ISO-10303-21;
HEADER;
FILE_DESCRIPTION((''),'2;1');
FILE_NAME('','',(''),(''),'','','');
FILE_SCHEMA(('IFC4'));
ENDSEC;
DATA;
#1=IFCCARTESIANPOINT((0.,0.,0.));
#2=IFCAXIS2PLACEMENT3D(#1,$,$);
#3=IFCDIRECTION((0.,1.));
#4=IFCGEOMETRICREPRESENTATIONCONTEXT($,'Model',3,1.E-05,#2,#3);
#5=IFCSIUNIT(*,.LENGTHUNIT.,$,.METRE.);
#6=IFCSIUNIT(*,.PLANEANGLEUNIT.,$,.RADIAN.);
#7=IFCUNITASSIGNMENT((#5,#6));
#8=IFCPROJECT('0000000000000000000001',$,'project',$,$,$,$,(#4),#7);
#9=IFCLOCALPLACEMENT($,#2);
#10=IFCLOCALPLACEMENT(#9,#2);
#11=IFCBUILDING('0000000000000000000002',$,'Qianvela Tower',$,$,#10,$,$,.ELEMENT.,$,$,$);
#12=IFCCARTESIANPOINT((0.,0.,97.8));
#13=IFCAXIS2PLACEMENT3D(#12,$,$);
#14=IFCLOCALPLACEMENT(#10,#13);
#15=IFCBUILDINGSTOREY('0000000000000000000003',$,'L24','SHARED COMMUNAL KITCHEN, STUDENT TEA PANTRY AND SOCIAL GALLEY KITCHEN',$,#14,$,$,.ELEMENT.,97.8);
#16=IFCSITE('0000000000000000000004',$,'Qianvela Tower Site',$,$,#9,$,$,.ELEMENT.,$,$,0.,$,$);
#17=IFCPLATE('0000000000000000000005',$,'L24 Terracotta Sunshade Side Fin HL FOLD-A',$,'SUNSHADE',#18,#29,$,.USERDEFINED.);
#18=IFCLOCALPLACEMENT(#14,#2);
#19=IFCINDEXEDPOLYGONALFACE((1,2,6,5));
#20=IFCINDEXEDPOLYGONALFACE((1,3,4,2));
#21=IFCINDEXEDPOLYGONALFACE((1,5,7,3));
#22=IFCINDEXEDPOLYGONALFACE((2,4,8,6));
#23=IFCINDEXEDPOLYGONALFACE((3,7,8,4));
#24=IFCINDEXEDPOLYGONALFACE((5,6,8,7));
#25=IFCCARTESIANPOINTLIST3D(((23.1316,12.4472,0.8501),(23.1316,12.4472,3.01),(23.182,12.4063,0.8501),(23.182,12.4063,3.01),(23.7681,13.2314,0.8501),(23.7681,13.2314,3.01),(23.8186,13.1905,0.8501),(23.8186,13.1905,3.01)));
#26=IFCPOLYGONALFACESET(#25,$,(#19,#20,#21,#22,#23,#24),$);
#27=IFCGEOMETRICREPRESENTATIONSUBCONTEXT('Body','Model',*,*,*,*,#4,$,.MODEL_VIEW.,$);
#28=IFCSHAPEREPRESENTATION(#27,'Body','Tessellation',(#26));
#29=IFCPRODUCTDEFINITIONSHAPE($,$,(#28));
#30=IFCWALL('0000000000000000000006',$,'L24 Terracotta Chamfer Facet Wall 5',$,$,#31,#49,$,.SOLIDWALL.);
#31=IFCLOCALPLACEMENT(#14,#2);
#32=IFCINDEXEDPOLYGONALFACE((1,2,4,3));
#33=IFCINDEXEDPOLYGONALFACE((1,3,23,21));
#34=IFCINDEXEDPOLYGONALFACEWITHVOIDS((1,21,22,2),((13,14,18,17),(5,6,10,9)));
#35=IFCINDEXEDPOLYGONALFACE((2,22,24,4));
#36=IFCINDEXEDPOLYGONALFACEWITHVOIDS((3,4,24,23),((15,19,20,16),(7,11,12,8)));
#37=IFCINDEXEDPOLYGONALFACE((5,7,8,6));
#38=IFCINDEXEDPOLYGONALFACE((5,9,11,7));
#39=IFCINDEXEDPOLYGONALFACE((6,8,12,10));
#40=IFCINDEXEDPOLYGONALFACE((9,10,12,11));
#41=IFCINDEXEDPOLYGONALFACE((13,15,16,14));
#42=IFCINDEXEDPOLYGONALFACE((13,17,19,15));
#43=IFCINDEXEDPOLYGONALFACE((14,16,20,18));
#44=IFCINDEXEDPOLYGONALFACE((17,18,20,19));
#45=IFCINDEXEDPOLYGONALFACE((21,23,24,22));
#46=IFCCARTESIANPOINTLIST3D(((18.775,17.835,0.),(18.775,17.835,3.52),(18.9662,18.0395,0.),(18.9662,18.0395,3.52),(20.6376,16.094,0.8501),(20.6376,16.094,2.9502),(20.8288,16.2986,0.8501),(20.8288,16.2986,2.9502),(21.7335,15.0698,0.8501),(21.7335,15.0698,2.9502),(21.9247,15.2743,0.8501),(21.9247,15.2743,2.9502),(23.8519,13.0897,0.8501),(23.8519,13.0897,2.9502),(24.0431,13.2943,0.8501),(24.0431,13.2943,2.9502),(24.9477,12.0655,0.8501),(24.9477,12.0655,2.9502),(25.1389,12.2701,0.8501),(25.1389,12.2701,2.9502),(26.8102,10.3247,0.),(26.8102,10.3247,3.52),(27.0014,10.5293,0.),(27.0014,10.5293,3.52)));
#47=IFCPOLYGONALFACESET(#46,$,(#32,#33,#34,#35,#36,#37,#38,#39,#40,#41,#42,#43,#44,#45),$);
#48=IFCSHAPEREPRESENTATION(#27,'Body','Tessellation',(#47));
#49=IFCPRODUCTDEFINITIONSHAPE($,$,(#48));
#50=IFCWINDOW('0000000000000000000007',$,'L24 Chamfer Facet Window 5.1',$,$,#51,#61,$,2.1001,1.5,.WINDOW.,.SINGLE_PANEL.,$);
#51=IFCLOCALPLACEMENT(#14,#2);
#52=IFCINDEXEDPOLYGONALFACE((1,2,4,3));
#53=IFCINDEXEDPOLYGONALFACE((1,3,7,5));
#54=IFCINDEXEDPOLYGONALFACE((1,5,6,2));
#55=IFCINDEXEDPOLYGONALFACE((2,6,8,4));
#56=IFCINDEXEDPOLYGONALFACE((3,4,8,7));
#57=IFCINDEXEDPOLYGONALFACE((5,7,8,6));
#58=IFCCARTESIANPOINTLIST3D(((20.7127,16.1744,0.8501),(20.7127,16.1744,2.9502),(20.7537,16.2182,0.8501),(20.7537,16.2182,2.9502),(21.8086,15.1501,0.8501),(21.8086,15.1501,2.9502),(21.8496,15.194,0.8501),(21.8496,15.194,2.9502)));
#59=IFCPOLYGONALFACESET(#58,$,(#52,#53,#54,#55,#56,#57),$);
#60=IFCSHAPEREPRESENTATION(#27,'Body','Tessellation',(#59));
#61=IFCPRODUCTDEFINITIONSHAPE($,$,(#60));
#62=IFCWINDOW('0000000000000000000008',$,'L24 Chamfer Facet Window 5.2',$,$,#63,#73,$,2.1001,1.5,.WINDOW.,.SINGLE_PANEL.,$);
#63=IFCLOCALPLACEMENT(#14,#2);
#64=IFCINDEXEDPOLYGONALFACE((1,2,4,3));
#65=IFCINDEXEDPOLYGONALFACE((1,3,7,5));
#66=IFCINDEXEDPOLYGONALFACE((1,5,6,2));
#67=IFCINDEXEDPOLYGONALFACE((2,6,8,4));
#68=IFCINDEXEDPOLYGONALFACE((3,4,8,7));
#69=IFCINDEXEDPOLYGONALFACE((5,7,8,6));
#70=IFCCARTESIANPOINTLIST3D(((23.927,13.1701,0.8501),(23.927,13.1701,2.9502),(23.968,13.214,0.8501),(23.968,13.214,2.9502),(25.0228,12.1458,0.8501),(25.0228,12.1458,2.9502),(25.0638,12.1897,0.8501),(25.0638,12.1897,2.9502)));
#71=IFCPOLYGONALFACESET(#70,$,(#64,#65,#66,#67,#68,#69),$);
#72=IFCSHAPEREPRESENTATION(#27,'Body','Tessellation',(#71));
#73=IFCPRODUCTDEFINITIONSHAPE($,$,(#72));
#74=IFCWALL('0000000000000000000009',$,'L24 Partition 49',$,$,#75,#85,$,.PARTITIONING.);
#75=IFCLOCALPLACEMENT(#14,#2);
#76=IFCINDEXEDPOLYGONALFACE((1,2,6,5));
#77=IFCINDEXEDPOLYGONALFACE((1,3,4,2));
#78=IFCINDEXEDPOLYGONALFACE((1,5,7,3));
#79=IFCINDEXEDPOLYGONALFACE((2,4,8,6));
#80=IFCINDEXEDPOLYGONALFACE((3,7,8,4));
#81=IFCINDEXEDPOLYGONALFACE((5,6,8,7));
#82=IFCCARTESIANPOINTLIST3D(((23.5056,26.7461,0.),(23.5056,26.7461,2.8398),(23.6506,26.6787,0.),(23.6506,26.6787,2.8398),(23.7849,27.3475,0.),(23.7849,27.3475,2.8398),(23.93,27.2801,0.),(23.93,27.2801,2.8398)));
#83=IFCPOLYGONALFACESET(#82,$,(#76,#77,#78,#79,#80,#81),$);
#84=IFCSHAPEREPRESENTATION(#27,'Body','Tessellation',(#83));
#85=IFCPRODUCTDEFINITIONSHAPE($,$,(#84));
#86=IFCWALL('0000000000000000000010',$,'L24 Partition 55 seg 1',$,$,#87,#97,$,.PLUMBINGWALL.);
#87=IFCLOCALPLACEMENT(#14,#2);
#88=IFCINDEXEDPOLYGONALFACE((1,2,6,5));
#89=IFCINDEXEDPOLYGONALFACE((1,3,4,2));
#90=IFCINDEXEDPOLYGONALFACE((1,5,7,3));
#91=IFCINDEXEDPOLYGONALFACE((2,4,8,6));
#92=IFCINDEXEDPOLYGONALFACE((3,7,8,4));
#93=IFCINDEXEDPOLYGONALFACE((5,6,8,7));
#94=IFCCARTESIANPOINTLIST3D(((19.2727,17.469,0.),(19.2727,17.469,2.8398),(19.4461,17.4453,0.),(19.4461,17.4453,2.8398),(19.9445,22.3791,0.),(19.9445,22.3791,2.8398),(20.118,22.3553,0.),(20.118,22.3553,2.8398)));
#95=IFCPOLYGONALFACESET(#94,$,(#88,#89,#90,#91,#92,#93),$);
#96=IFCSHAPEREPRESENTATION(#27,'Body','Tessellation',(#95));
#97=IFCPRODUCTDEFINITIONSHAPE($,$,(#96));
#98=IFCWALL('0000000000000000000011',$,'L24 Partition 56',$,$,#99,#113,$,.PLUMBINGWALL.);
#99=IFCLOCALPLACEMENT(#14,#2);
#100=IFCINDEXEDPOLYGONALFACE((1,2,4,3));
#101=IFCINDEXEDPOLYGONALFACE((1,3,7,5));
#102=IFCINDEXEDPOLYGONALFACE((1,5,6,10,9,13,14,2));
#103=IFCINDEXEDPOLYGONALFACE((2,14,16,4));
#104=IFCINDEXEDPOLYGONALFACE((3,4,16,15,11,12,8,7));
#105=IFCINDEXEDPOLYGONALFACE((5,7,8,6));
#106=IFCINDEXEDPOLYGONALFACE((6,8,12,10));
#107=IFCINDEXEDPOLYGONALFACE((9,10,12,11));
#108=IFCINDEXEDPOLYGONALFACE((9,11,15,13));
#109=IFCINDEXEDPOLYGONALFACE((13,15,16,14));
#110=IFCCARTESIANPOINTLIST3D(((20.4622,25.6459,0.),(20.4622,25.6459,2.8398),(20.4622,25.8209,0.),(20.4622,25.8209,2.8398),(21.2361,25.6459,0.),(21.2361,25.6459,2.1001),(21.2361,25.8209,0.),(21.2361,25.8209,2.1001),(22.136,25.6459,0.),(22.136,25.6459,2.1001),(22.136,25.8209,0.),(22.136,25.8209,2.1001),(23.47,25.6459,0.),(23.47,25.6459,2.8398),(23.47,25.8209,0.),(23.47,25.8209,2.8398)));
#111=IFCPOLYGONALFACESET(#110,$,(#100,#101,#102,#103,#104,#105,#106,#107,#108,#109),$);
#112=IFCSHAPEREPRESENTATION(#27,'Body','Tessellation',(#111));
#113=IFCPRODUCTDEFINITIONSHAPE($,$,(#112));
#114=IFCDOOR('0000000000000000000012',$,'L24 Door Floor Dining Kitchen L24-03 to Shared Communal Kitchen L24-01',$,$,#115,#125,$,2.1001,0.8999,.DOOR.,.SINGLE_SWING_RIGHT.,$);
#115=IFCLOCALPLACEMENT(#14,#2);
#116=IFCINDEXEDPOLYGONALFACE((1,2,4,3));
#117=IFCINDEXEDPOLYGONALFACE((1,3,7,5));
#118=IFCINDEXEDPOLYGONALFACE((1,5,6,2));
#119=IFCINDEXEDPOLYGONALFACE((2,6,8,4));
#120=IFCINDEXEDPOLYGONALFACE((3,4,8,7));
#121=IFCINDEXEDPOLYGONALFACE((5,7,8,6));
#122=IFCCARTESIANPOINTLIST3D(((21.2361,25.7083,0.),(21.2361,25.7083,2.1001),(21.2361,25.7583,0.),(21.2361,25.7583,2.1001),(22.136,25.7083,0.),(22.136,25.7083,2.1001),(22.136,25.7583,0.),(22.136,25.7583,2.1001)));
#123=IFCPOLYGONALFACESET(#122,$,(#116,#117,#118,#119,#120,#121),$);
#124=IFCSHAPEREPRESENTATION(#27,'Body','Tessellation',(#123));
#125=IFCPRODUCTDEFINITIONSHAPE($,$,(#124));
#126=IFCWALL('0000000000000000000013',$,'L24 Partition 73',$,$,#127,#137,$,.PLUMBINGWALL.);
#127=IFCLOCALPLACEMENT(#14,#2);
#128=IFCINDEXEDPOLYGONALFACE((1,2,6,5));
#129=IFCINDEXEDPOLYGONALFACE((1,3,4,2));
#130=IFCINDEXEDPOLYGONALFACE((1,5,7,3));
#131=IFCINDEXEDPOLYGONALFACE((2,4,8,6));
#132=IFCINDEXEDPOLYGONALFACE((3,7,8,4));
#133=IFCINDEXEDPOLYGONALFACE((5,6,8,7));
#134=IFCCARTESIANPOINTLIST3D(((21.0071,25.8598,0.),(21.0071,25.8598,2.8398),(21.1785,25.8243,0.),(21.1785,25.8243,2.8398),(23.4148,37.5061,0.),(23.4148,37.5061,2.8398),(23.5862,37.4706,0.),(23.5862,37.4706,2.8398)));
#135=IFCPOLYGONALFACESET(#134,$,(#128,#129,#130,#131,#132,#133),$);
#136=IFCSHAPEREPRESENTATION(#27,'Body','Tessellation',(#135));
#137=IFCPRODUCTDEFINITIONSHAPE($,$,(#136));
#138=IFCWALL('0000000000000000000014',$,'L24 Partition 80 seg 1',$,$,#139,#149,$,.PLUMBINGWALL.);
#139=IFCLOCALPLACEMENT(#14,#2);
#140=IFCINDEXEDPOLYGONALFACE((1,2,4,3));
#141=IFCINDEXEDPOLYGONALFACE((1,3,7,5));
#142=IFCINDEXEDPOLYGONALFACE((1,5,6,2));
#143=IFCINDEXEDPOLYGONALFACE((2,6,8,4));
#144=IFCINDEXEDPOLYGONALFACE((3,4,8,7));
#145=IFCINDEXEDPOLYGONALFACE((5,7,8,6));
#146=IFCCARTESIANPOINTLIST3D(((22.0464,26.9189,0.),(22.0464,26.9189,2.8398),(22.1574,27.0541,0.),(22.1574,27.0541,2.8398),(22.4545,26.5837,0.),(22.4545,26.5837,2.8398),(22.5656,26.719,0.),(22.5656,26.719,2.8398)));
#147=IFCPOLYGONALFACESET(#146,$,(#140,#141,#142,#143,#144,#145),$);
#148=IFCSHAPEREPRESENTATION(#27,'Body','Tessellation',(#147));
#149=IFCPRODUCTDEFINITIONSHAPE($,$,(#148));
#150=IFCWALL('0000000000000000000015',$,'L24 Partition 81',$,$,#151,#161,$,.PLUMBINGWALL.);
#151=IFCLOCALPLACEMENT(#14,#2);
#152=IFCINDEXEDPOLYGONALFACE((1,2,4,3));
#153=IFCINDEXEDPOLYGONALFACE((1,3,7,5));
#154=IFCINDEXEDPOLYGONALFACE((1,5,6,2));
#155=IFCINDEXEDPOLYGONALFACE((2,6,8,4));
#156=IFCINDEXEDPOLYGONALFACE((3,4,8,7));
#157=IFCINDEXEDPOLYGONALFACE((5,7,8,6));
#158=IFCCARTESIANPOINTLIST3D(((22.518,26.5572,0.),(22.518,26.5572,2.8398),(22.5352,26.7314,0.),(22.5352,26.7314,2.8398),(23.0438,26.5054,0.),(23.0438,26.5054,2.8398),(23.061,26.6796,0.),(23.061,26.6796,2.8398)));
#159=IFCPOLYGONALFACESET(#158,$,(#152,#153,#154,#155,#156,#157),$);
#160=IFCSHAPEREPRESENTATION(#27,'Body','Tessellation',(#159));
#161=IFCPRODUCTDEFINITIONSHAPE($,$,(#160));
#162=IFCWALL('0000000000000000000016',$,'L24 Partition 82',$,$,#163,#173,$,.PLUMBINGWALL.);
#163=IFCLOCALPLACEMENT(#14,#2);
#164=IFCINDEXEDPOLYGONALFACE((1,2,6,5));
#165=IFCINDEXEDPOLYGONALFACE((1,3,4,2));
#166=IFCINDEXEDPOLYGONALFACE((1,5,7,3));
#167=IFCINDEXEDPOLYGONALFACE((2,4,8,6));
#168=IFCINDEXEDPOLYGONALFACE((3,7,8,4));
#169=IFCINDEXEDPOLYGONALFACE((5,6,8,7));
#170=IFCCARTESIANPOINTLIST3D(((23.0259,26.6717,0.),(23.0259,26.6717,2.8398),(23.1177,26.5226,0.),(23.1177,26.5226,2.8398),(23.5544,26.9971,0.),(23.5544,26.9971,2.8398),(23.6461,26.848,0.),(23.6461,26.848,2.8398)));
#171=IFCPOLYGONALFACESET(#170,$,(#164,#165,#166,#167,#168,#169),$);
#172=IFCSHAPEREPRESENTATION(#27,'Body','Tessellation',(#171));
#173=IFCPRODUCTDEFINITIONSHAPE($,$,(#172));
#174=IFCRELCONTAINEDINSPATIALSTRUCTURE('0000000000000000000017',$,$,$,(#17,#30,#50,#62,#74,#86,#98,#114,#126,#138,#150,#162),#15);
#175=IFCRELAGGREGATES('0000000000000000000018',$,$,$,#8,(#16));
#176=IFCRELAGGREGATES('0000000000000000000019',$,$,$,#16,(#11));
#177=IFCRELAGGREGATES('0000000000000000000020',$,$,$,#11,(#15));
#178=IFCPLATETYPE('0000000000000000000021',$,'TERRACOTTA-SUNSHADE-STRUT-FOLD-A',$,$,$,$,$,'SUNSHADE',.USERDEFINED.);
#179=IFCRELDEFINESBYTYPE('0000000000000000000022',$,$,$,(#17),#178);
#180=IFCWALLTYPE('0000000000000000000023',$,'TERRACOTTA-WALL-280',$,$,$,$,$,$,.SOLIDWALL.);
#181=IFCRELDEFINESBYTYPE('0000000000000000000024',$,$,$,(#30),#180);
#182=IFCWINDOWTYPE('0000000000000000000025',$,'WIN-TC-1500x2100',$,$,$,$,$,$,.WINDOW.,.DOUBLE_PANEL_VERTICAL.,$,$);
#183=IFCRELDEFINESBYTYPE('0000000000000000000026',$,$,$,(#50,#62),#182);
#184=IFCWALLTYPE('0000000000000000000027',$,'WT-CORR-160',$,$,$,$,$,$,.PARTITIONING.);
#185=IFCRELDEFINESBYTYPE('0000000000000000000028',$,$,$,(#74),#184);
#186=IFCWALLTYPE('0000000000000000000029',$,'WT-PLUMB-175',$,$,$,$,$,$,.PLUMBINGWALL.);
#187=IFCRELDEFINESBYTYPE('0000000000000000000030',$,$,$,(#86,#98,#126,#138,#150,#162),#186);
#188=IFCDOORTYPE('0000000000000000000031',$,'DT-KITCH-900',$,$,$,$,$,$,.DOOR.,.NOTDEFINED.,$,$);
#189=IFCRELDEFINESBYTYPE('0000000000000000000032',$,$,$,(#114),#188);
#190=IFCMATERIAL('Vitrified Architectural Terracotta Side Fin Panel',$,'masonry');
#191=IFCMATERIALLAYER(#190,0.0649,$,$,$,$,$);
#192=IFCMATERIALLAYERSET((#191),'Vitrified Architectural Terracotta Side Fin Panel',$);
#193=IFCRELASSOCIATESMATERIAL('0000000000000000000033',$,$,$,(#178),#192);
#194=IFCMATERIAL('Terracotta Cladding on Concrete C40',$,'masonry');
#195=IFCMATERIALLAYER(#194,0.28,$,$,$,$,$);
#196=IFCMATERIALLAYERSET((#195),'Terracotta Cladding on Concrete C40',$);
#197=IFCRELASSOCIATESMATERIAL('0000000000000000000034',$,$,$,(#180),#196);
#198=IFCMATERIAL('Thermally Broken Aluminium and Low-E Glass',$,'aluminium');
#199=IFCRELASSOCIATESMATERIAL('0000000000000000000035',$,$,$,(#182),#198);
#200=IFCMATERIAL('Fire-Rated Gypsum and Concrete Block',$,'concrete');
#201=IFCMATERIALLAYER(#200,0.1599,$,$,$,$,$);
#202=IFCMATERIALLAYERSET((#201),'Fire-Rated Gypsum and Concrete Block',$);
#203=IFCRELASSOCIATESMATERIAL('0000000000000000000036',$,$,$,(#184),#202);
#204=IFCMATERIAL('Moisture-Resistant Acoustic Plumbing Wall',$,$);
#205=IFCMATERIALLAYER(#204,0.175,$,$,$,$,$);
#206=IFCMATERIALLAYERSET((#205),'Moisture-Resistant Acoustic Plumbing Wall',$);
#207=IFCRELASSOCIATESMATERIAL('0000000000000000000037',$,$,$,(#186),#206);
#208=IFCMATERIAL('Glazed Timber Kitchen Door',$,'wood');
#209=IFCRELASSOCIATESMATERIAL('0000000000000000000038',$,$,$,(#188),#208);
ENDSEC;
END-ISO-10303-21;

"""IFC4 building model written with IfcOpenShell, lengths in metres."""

from ifc_helpers import new_model, si_unit, direction, frame, frame_2d, origin, origin_2d, place, context, subcontext, project, spatial, rectangle, extrude, material, layer, layer_set, type_object, element, fill, save


model = new_model("IFC4")

# Units and contexts
model_context = context("Model", 3, precision=1e-05, world=origin(), true_north=direction((0.0, 1.0)))
body_context = subcontext(model_context, "Body", "Model", "MODEL_VIEW")
ifc_project = project(units=[si_unit("LENGTHUNIT", "METRE"), si_unit("PLANEANGLEUNIT", "RADIAN")], contexts=[model_context])

# Site, building, storey
site_placement = place(None, origin())
site = spatial("IfcSite", under=ifc_project, at=site_placement, Name="Qianvela Tower Site", CompositionType="ELEMENT", RefElevation=0.0)
building_placement = place(site_placement, origin())
building = spatial("IfcBuilding", under=site, at=building_placement, Name="Qianvela Tower", CompositionType="ELEMENT")
storey_placement = place(building_placement, frame((0.0, 0.0, 97.8)))
storey = spatial("IfcBuildingStorey", under=building, at=storey_placement, Name="L24", Description="SHARED COMMUNAL KITCHEN, STUDENT TEA PANTRY AND SOCIAL GALLEY KITCHEN", CompositionType="ELEMENT", Elevation=97.8)

# Plate
ifc_material_1 = material(Name="Vitrified Architectural Terracotta Side Fin Panel", Category="masonry")
ifc_layer_1 = layer(ifc_material_1, 0.0649)
ifc_layer_set_1 = layer_set([ifc_layer_1], Name="Vitrified Architectural Terracotta Side Fin Panel")
plate_type_1 = type_object("IfcPlateType", Name="TERRACOTTA-SUNSHADE-STRUT-FOLD-A", ElementType="SUNSHADE", PredefinedType="USERDEFINED", material=ifc_layer_set_1)
for number, where, z_axis, x_axis, name in (
    (1, (23.4751, 12.8188, 0.8501), (0.0, 0.0, 1.0), (0.776419, -0.630217, 0.0), "L24 Terracotta Sunshade Side Fin HL FOLD-A"),
):
    element("IfcPlate", number, at=place(storey_placement, frame(where, z_axis=z_axis, x_axis=x_axis)), inside=storey, type_object=plate_type_1, Name=name, ObjectType="SUNSHADE", PredefinedType="USERDEFINED", context=body_context, shape_type="SweptSolid", body=[
        extrude(rectangle(XDim=0.0649, YDim=1.01, at=origin_2d()), origin(), (0.0, 0.0, 1.0), 2.1599),
    ])

# Wall, openings, windows
ifc_material_2 = material(Name="Terracotta Cladding on Concrete C40", Category="masonry")
ifc_layer_2 = layer(ifc_material_2, 0.28)
ifc_layer_set_2 = layer_set([ifc_layer_2], Name="Terracotta Cladding on Concrete C40")
wall_type_1 = type_object("IfcWallType", Name="TERRACOTTA-WALL-280", PredefinedType="SOLIDWALL", material=ifc_layer_set_2)
wall_1_placement = place(storey_placement, frame((18.8706, 17.9373, 0.0), z_axis=(0.0, 0.0, 1.0), x_axis=(0.730566, -0.682842, 0.0)))
wall_1 = element("IfcWall", 2, at=wall_1_placement, inside=storey, type_object=wall_type_1, Name="L24 Terracotta Chamfer Facet Wall 5", PredefinedType="SOLIDWALL", context=body_context, shape_type="SweptSolid", body=[
    extrude(rectangle(XDim=10.9985, YDim=0.28, at=frame_2d((5.4993, 0.0))), origin(), (0.0, 0.0, 1.0), 3.52),
])
opening_1_placement = place(wall_1_placement, frame((2.5496, 0.0, 0.8501)))
opening_1 = element("IfcOpeningElement", 3, at=opening_1_placement, cuts=wall_1, PredefinedType="OPENING", context=body_context, shape_type="SweptSolid", body=[
    extrude(rectangle(XDim=1.5, YDim=2.1001, at=frame_2d((0.75, 1.05))), frame((0.0, 0.1499, 0.0), z_axis=(0.0, -1.0, 0.0), x_axis=(1.0, 0.0, 0.0)), (0.0, 0.0, 1.0), 0.3),
])
opening_2_placement = place(wall_1_placement, frame((6.9492, 0.0, 0.8501)))
opening_2 = element("IfcOpeningElement", 4, at=opening_2_placement, cuts=wall_1, PredefinedType="OPENING", context=body_context, shape_type="SweptSolid", body=[
    extrude(rectangle(XDim=1.5, YDim=2.1001, at=frame_2d((0.75, 1.05))), frame((0.0, 0.1499, 0.0), z_axis=(0.0, -1.0, 0.0), x_axis=(1.0, 0.0, 0.0)), (0.0, 0.0, 1.0), 0.3),
])
ifc_material_3 = material(Name="Thermally Broken Aluminium and Low-E Glass", Category="aluminium")
window_type = type_object("IfcWindowType", Name="WIN-TC-1500x2100", PartitioningType="DOUBLE_PANEL_VERTICAL", PredefinedType="WINDOW", material=ifc_material_3)
window_1_placement = place(opening_1_placement, origin())
window_1 = element("IfcWindow", 5, at=window_1_placement, inside=storey, type_object=window_type, Name="L24 Chamfer Facet Window 5.1", OverallHeight=2.1001, OverallWidth=1.5, PartitioningType="SINGLE_PANEL", PredefinedType="WINDOW", context=body_context, shape_type="SweptSolid", body=[
    extrude(rectangle(XDim=1.5, YDim=2.1001, at=frame_2d((0.75, 1.05))), frame((0.0, 0.03, 0.0), z_axis=(0.0, -1.0, 0.0), x_axis=(1.0, 0.0, 0.0)), (0.0, 0.0, 1.0), 0.0601),
])
fill(opening_1, window_1)
window_2_placement = place(opening_2_placement, origin())
window_2 = element("IfcWindow", 6, at=window_2_placement, inside=storey, type_object=window_type, Name="L24 Chamfer Facet Window 5.2", OverallHeight=2.1001, OverallWidth=1.5, PartitioningType="SINGLE_PANEL", PredefinedType="WINDOW", context=body_context, shape_type="SweptSolid", body=[
    extrude(rectangle(XDim=1.5, YDim=2.1001, at=frame_2d((0.75, 1.05))), frame((0.0, 0.03, 0.0), z_axis=(0.0, -1.0, 0.0), x_axis=(1.0, 0.0, 0.0)), (0.0, 0.0, 1.0), 0.0601),
])
fill(opening_2, window_2)

# Walls
ifc_material_4 = material(Name="Fire-Rated Gypsum and Concrete Block", Category="concrete")
ifc_layer_3 = layer(ifc_material_4, 0.1599)
ifc_layer_set_3 = layer_set([ifc_layer_3], Name="Fire-Rated Gypsum and Concrete Block")
wall_type_2 = type_object("IfcWallType", Name="WT-CORR-160", PredefinedType="PARTITIONING", material=ifc_layer_set_3)
wall_2_placement = place(storey_placement, frame((23.5781, 26.7124, 0.0), z_axis=(0.0, 0.0, 1.0), x_axis=(0.421252, 0.906944, 0.0)))
element("IfcWall", 7, at=wall_2_placement, inside=storey, type_object=wall_type_2, Name="L24 Partition 49", PredefinedType="PARTITIONING", context=body_context, shape_type="SweptSolid", body=[
    extrude(rectangle(XDim=0.6631, YDim=0.1599, at=frame_2d((0.3315, 0.0))), origin(), (0.0, 0.0, 1.0), 2.8398),
])
ifc_material_5 = material(Name="Moisture-Resistant Acoustic Plumbing Wall")
ifc_layer_4 = layer(ifc_material_5, 0.175)
ifc_layer_set_4 = layer_set([ifc_layer_4], Name="Moisture-Resistant Acoustic Plumbing Wall")
wall_type_3 = type_object("IfcWallType", Name="WT-PLUMB-175", PredefinedType="PLUMBINGWALL", material=ifc_layer_set_4)
wall_3_placement = place(storey_placement, frame((19.3594, 17.457, 0.0), z_axis=(0.0, 0.0, 1.0), x_axis=(0.13557, 0.990768, 0.0)))
element("IfcWall", 8, at=wall_3_placement, inside=storey, type_object=wall_type_3, Name="L24 Partition 55 seg 1", PredefinedType="PLUMBINGWALL", context=body_context, shape_type="SweptSolid", body=[
    extrude(rectangle(XDim=4.9558, YDim=0.175, at=frame_2d((2.478, 0.0))), origin(), (0.0, 0.0, 1.0), 2.8398),
])

# Wall, opening, door
wall_4_placement = place(storey_placement, frame((20.4622, 25.7334, 0.0), z_axis=(0.0, 0.0, 1.0), x_axis=(1.0, 0.0, 0.0)))
wall_4 = element("IfcWall", 9, at=wall_4_placement, inside=storey, type_object=wall_type_3, Name="L24 Partition 56", PredefinedType="PLUMBINGWALL", context=body_context, shape_type="SweptSolid", body=[
    extrude(rectangle(XDim=3.0078, YDim=0.175, at=frame_2d((1.5039, 0.0))), origin(), (0.0, 0.0, 1.0), 2.8398),
])
opening_3_placement = place(wall_4_placement, frame((0.7739, 0.0, 0.0)))
opening_3 = element("IfcOpeningElement", 10, at=opening_3_placement, cuts=wall_4, PredefinedType="OPENING", context=body_context, shape_type="SweptSolid", body=[
    extrude(rectangle(XDim=0.8999, YDim=2.1001, at=frame_2d((0.45, 1.05))), frame((0.0, 0.0974, 0.0), z_axis=(0.0, -1.0, 0.0), x_axis=(1.0, 0.0, 0.0)), (0.0, 0.0, 1.0), 0.1951),
])
ifc_material_6 = material(Name="Glazed Timber Kitchen Door", Category="wood")
door_type = type_object("IfcDoorType", Name="DT-KITCH-900", OperationType="NOTDEFINED", PredefinedType="DOOR", material=ifc_material_6)
door_placement = place(opening_3_placement, origin())
door = element("IfcDoor", 11, at=door_placement, inside=storey, type_object=door_type, Name="L24 Door Floor Dining Kitchen L24-03 to Shared Communal Kitchen L24-01", OperationType="SINGLE_SWING_RIGHT", OverallHeight=2.1001, OverallWidth=0.8999, PredefinedType="DOOR", context=body_context, shape_type="SweptSolid", body=[
    extrude(rectangle(XDim=0.8999, YDim=2.1001, at=frame_2d((0.45, 1.05))), frame((0.0, 0.0249, 0.0), z_axis=(0.0, -1.0, 0.0), x_axis=(1.0, 0.0, 0.0)), (0.0, 0.0, 1.0), 0.05),
])
fill(opening_3, door)

# Walls
wall_5_placement = place(storey_placement, frame((21.0928, 25.842, 0.0), z_axis=(0.0, 0.0, 1.0), x_axis=(0.202456, 0.979291, 0.0)))
element("IfcWall", 12, at=wall_5_placement, inside=storey, type_object=wall_type_3, Name="L24 Partition 73", PredefinedType="PLUMBINGWALL", context=body_context, shape_type="SweptSolid", body=[
    extrude(rectangle(XDim=11.8926, YDim=0.175, at=frame_2d((5.9463, 0.0))), origin(), (0.0, 0.0, 1.0), 2.8398),
])
wall_6_placement = place(storey_placement, frame((22.1018, 26.9866, 0.0), z_axis=(0.0, 0.0, 1.0), x_axis=(0.772823, -0.634621, 0.0)))
element("IfcWall", 13, at=wall_6_placement, inside=storey, type_object=wall_type_3, Name="L24 Partition 80 seg 1", PredefinedType="PLUMBINGWALL", context=body_context, shape_type="SweptSolid", body=[
    extrude(rectangle(XDim=0.5281, YDim=0.175, at=frame_2d((0.2642, 0.0))), origin(), (0.0, 0.0, 1.0), 2.8398),
])
wall_7_placement = place(storey_placement, frame((22.5266, 26.6443, 0.0), z_axis=(0.0, 0.0, 1.0), x_axis=(0.995192, -0.097948, 0.0)))
element("IfcWall", 14, at=wall_7_placement, inside=storey, type_object=wall_type_3, Name="L24 Partition 81", PredefinedType="PLUMBINGWALL", context=body_context, shape_type="SweptSolid", body=[
    extrude(rectangle(XDim=0.5283, YDim=0.175, at=frame_2d((0.2642, 0.0))), origin(), (0.0, 0.0, 1.0), 2.8398),
])
wall_8_placement = place(storey_placement, frame((23.0718, 26.5972, 0.0), z_axis=(0.0, 0.0, 1.0), x_axis=(0.851537, 0.524295, 0.0)))
element("IfcWall", 15, at=wall_8_placement, inside=storey, type_object=wall_type_3, Name="L24 Partition 82", PredefinedType="PLUMBINGWALL", context=body_context, shape_type="SweptSolid", body=[
    extrude(rectangle(XDim=0.6206, YDim=0.175, at=frame_2d((0.3103, 0.0))), origin(), (0.0, 0.0, 1.0), 2.8398),
])

save(model, "model.ifc")
